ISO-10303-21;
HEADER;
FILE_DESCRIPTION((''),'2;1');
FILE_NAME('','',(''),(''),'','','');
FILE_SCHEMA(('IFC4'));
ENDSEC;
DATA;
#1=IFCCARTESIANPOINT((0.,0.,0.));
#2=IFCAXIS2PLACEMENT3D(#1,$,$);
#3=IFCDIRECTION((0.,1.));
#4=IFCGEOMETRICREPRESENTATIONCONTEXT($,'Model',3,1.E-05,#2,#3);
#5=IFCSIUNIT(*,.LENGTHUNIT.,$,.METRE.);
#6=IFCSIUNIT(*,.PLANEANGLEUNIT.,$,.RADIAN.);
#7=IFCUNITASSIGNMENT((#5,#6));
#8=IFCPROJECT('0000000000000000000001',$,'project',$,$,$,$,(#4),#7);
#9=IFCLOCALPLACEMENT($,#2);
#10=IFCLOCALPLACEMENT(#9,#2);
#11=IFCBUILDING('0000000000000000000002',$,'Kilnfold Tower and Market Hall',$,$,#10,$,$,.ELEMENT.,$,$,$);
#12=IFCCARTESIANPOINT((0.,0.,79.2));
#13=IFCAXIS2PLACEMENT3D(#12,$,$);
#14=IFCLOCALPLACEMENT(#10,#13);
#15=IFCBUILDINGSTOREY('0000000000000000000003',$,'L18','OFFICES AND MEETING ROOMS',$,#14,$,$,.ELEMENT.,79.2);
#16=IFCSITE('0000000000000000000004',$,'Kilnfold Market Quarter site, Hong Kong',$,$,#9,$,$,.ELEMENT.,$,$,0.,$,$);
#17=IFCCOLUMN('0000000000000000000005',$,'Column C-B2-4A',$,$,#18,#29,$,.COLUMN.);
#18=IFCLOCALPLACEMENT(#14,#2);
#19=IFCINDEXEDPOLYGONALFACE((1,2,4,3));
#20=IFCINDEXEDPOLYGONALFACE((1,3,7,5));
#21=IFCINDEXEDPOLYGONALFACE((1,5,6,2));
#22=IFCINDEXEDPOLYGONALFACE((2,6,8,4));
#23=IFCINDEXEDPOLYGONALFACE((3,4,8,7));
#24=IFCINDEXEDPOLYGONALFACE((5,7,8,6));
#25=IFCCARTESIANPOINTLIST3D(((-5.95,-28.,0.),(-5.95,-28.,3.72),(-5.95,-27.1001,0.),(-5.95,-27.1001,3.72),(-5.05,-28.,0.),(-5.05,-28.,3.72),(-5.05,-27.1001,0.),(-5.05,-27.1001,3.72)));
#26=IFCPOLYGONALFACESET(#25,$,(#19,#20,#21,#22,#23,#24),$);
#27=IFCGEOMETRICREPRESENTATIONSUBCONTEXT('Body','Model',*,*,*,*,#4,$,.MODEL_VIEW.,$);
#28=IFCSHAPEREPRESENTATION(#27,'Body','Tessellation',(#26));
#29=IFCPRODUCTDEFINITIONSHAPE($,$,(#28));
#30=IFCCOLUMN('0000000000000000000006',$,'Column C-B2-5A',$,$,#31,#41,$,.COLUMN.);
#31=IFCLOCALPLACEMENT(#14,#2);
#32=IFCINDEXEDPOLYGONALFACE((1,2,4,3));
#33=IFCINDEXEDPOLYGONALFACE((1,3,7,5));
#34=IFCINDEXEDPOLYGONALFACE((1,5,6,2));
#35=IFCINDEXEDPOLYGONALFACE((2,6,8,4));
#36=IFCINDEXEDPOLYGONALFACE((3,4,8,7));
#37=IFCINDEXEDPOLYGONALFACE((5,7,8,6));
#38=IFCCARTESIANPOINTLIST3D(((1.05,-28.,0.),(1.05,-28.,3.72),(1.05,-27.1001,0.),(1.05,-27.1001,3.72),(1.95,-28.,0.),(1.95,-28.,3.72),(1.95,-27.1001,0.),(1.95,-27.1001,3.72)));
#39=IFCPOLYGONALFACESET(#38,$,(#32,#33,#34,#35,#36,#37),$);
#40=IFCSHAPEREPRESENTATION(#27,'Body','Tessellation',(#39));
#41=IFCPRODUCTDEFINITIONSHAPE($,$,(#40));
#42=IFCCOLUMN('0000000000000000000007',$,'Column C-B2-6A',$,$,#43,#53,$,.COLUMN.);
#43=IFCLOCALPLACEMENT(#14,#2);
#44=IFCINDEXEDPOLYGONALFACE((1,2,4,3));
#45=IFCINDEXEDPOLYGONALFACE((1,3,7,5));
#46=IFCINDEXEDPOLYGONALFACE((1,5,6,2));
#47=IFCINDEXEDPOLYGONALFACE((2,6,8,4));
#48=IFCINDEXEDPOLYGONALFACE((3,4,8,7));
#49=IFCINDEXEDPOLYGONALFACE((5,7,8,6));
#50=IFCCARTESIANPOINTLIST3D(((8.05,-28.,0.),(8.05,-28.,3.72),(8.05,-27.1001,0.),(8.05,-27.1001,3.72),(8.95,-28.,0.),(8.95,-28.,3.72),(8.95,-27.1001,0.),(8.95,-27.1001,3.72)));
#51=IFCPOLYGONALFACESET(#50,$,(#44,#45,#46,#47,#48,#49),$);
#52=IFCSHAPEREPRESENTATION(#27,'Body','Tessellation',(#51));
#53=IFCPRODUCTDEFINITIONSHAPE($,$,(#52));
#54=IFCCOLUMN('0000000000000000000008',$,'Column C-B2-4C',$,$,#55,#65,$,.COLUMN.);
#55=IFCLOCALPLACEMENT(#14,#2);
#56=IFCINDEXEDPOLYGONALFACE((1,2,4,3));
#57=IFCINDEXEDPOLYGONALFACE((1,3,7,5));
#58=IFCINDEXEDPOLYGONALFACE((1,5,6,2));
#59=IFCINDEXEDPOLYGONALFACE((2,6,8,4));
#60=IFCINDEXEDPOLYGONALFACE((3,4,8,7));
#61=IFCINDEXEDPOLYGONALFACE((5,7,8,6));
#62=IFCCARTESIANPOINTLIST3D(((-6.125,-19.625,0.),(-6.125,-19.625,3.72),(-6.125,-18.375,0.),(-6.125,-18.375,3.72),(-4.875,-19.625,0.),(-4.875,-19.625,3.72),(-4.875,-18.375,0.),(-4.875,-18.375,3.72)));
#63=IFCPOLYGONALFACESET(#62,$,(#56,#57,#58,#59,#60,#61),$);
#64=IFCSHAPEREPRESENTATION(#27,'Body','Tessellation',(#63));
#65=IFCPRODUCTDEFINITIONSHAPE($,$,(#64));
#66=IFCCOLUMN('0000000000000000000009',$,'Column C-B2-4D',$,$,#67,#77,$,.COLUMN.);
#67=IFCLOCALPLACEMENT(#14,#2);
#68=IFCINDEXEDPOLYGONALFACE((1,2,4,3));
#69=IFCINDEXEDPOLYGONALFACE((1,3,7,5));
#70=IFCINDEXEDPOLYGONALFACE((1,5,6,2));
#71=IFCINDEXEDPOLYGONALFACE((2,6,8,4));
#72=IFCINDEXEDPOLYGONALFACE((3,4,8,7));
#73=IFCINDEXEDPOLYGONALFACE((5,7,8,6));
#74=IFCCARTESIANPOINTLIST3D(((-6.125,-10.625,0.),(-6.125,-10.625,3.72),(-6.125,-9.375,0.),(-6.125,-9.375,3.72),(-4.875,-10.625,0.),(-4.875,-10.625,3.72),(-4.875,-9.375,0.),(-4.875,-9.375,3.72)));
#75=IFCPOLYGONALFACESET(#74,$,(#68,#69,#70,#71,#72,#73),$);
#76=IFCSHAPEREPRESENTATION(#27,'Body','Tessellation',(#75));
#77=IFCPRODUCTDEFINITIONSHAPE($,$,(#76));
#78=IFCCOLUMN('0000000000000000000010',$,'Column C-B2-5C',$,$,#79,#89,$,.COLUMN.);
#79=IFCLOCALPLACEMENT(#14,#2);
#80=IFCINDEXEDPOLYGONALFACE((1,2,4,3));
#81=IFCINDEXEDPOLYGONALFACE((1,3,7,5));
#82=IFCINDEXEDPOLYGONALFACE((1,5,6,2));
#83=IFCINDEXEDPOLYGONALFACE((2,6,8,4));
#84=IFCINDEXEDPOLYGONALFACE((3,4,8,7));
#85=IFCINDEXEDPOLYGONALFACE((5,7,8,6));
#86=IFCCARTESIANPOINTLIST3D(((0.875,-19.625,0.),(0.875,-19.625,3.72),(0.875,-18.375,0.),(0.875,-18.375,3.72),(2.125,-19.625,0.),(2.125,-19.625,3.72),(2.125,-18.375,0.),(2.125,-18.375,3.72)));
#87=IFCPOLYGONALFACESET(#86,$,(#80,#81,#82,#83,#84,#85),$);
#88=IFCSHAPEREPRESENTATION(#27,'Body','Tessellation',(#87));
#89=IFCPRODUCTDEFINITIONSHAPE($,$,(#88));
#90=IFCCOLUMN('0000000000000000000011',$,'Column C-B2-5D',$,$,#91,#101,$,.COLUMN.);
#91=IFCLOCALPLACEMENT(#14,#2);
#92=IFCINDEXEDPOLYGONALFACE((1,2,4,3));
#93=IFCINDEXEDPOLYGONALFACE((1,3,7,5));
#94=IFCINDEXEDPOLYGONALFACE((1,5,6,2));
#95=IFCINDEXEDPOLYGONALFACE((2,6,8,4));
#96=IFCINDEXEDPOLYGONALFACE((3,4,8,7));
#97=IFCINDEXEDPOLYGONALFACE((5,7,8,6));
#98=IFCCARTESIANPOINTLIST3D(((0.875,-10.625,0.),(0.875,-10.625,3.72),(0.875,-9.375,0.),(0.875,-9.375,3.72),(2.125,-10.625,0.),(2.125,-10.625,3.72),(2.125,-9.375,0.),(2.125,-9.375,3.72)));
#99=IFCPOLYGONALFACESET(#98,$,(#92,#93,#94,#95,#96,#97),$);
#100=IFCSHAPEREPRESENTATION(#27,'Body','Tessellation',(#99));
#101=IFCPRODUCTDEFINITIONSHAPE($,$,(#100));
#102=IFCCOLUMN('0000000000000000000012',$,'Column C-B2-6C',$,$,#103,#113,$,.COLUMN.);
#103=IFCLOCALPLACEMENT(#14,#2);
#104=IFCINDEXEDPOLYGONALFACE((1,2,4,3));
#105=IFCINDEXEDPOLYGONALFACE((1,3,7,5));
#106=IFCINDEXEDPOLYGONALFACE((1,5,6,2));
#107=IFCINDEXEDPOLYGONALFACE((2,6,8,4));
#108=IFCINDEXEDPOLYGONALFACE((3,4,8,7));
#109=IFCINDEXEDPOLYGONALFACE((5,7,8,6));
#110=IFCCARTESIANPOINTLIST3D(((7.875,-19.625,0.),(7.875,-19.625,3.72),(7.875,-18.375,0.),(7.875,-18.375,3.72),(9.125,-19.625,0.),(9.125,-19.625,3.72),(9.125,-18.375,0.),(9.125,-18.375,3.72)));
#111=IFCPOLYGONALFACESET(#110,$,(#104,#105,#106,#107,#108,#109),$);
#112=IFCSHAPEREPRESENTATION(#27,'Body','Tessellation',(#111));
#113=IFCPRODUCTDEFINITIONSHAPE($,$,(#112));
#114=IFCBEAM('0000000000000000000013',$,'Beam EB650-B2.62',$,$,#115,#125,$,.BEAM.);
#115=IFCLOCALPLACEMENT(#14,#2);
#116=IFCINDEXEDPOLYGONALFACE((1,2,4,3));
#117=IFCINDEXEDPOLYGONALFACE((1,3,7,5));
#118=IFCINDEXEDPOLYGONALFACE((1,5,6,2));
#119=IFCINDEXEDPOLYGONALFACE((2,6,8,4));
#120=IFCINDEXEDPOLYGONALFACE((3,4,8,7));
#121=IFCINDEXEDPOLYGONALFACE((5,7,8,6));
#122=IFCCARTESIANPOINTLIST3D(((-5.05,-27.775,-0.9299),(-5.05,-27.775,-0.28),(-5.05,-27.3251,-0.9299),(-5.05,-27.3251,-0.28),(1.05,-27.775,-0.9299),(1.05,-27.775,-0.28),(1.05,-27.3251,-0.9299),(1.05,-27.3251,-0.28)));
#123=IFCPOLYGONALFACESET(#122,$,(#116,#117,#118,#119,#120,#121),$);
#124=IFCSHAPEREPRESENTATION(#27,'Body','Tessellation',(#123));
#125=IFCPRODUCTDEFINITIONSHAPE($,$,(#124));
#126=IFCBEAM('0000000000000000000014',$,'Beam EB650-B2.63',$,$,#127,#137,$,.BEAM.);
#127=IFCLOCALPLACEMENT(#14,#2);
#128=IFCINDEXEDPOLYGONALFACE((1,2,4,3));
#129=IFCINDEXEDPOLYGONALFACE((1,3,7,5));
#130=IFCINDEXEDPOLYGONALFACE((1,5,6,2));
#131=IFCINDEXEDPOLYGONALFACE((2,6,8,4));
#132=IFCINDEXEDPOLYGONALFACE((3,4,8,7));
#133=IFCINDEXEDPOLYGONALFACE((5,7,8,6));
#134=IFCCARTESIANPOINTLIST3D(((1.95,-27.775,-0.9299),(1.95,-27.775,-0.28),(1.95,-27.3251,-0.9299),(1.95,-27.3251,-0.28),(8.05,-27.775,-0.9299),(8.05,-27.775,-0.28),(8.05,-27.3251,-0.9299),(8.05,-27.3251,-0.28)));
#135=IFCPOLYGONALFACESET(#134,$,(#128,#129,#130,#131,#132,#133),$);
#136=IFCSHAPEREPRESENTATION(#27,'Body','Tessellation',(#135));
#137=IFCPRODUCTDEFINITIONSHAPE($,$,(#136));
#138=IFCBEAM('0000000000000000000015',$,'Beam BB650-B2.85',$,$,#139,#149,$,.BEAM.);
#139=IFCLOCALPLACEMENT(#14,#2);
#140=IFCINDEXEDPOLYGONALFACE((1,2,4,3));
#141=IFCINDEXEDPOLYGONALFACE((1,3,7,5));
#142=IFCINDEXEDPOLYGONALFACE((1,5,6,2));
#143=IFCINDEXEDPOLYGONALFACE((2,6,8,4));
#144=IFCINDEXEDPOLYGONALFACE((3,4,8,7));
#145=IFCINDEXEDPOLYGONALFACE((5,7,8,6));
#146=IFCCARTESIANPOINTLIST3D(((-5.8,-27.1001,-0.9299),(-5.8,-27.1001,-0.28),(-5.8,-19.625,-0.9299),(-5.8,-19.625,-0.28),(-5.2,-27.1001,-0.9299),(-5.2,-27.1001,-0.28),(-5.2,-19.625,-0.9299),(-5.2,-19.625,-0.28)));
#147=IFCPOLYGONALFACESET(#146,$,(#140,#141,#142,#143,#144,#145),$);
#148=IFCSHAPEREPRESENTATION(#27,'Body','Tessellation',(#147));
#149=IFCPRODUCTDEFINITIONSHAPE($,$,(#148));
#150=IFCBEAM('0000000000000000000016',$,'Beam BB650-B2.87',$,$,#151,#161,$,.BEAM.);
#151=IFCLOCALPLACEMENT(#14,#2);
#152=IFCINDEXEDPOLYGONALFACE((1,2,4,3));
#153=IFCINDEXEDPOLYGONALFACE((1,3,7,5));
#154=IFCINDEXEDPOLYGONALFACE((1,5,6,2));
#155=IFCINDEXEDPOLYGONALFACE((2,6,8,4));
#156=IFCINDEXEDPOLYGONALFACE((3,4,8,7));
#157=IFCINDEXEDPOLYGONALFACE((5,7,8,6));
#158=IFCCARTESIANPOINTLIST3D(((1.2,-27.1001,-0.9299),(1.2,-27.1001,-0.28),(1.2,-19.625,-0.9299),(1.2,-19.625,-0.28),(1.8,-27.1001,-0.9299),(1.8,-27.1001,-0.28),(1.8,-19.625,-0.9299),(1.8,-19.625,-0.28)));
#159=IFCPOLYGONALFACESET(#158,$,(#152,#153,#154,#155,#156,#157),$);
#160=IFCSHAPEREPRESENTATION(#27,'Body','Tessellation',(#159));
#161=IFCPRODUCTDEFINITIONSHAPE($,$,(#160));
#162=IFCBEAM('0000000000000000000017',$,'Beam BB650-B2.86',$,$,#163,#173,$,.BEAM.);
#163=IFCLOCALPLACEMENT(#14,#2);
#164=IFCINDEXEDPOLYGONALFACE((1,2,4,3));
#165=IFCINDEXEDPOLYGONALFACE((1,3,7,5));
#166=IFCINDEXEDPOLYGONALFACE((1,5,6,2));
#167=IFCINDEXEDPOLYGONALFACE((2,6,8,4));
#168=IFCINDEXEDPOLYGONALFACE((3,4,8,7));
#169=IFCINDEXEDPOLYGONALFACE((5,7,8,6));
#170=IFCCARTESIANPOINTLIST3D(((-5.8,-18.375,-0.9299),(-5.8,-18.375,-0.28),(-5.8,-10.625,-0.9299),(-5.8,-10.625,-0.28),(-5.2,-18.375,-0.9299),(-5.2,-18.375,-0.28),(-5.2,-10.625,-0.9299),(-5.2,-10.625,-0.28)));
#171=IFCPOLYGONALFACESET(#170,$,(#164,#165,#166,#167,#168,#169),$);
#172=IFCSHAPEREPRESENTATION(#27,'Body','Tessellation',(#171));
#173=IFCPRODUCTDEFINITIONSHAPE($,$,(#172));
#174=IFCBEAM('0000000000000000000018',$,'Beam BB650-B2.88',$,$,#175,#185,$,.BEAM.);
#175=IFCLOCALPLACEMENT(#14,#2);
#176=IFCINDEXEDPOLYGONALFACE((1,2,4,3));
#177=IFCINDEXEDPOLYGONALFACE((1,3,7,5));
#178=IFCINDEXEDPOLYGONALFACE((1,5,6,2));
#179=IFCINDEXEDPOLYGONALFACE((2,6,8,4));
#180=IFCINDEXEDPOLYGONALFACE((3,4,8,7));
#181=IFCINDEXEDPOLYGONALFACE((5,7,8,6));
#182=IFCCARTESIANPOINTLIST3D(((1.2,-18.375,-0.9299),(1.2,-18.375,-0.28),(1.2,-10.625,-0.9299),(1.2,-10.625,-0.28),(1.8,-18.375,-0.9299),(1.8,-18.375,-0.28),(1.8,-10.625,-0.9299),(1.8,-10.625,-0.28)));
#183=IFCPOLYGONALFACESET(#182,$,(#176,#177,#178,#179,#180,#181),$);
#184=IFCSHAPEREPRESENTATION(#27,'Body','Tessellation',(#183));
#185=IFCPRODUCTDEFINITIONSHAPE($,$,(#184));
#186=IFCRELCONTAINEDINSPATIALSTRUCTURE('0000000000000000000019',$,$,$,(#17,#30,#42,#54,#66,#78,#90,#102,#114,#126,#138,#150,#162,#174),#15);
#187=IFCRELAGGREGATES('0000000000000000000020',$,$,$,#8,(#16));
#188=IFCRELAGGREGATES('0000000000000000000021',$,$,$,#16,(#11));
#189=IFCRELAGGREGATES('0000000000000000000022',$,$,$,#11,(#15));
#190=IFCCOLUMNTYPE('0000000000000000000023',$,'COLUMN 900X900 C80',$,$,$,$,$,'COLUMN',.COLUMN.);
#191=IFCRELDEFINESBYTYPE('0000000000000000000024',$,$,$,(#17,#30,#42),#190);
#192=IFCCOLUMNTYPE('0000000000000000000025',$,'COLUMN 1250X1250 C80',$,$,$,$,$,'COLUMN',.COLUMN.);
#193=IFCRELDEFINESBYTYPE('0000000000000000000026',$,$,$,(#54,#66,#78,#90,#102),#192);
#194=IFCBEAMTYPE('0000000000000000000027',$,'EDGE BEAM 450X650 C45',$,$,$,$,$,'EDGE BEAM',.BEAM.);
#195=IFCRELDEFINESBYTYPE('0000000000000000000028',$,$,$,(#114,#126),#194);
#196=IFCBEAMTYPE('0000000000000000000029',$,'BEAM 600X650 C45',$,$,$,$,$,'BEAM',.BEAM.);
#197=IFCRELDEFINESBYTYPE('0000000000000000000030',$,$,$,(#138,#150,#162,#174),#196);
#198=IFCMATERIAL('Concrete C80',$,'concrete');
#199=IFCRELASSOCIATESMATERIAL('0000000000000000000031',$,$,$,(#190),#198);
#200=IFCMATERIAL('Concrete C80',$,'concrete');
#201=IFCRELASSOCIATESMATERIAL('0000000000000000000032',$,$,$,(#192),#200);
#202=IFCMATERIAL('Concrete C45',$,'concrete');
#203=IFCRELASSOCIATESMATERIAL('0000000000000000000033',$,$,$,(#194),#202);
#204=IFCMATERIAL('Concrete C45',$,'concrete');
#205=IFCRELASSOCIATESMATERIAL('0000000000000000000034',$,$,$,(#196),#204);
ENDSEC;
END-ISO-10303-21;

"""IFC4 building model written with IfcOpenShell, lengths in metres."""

from ifc_helpers import new_model, si_unit, direction, frame, origin, origin_2d, place, context, subcontext, project, spatial, rectangle, extrude, source, transform, mapped, material, material_profile, profile_set, type_object, element, save


model = new_model("IFC4")

# Units and contexts
model_context = context("Model", 3, precision=1e-05, world=origin(), true_north=direction((0.0, 1.0)))
body_context = subcontext(model_context, "Body", "Model", "MODEL_VIEW")
ifc_project = project(units=[si_unit("LENGTHUNIT", "METRE"), si_unit("PLANEANGLEUNIT", "RADIAN")], contexts=[model_context])

# Site, building, storey
site_placement = place(None, origin())
site = spatial("IfcSite", under=ifc_project, at=site_placement, Name="Kilnfold Market Quarter site, Hong Kong", CompositionType="ELEMENT", RefElevation=0.0)
building_placement = place(site_placement, origin())
building = spatial("IfcBuilding", under=site, at=building_placement, Name="Kilnfold Tower and Market Hall", CompositionType="ELEMENT")
storey_placement = place(building_placement, frame((0.0, 0.0, 79.2)))
storey = spatial("IfcBuildingStorey", under=building, at=storey_placement, Name="L18", Description="OFFICES AND MEETING ROOMS", CompositionType="ELEMENT", Elevation=79.2)

# Columns
ifc_material_1 = material(Name="Concrete C80", Category="concrete")
ifc_material_profile_1 = material_profile(ifc_material_1, rectangle(XDim=0.8999, YDim=0.8999, at=origin_2d()), Name="RC 900x900")
ifc_profile_set_1 = profile_set([ifc_material_profile_1], Name="Concrete C80")
column_type_1 = type_object("IfcColumnType", Name="COLUMN 900X900 C80", ElementType="COLUMN", PredefinedType="COLUMN", material=ifc_profile_set_1)
shared_shape_1 = source(origin(), body_context, "Body", "SweptSolid", [
    extrude(rectangle(XDim=0.8999, YDim=0.8999, at=origin_2d()), origin(), (0.0, 0.0, 1.0), 3.72),
])
for number, where, z_axis, x_axis, name in (
    (1, (-5.5, -27.55, 0.0), (0.0, 0.0, 1.0), (1.0, 0.0, 0.0), "Column C-B2-4A"),
    (2, (1.5, -27.55, 0.0), (0.0, 0.0, 1.0), (1.0, 0.0, 0.0), "Column C-B2-5A"),
    (3, (8.5, -27.55, 0.0), (0.0, 0.0, 1.0), (1.0, 0.0, 0.0), "Column C-B2-6A"),
):
    element("IfcColumn", number, at=place(storey_placement, frame(where, z_axis=z_axis, x_axis=x_axis)), inside=storey, type_object=column_type_1, Name=name, PredefinedType="COLUMN", context=body_context, shape_type="MappedRepresentation", body=[
        mapped(shared_shape_1, transform((0.0, 0.0, 0.0))),
    ])
ifc_material_2 = material(Name="Concrete C80", Category="concrete")
ifc_material_profile_2 = material_profile(ifc_material_2, rectangle(XDim=1.25, YDim=1.25, at=origin_2d()), Name="RC 1250x1250")
ifc_profile_set_2 = profile_set([ifc_material_profile_2], Name="Concrete C80")
column_type_2 = type_object("IfcColumnType", Name="COLUMN 1250X1250 C80", ElementType="COLUMN", PredefinedType="COLUMN", material=ifc_profile_set_2)
shared_shape_2 = source(origin(), body_context, "Body", "SweptSolid", [
    extrude(rectangle(XDim=1.25, YDim=1.25, at=origin_2d()), origin(), (0.0, 0.0, 1.0), 3.72),
])
for number, where, z_axis, x_axis, name in (
    (4, (-5.5, -19.0, 0.0), (0.0, 0.0, 1.0), (1.0, 0.0, 0.0), "Column C-B2-4C"),
    (5, (-5.5, -10.0, 0.0), (0.0, 0.0, 1.0), (1.0, 0.0, 0.0), "Column C-B2-4D"),
    (6, (1.5, -19.0, 0.0), (0.0, 0.0, 1.0), (1.0, 0.0, 0.0), "Column C-B2-5C"),
    (7, (1.5, -10.0, 0.0), (0.0, 0.0, 1.0), (1.0, 0.0, 0.0), "Column C-B2-5D"),
    (8, (8.5, -19.0, 0.0), (0.0, 0.0, 1.0), (1.0, 0.0, 0.0), "Column C-B2-6C"),
):
    element("IfcColumn", number, at=place(storey_placement, frame(where, z_axis=z_axis, x_axis=x_axis)), inside=storey, type_object=column_type_2, Name=name, PredefinedType="COLUMN", context=body_context, shape_type="MappedRepresentation", body=[
        mapped(shared_shape_2, transform((0.0, 0.0, 0.0))),
    ])

# Beams
ifc_material_3 = material(Name="Concrete C45", Category="concrete")
ifc_material_profile_3 = material_profile(ifc_material_3, rectangle(XDim=0.45, YDim=0.6499, at=origin_2d()), Name="RC 450x650")
ifc_profile_set_3 = profile_set([ifc_material_profile_3], Name="Concrete C45")
beam_type_1 = type_object("IfcBeamType", Name="EDGE BEAM 450X650 C45", ElementType="EDGE BEAM", PredefinedType="BEAM", material=ifc_profile_set_3)
shared_shape_3 = source(origin(), body_context, "Body", "SweptSolid", [
    extrude(rectangle(XDim=0.45, YDim=0.6499, at=origin_2d()), origin(), (0.0, 0.0, 1.0), 6.1001),
])
for number, where, z_axis, x_axis, name in (
    (9, (-5.05, -27.55, -0.605), (1.0, 0.0, 0.0), (0.0, 1.0, 0.0), "Beam EB650-B2.62"),
    (10, (1.95, -27.55, -0.605), (1.0, 0.0, 0.0), (0.0, 1.0, 0.0), "Beam EB650-B2.63"),
):
    element("IfcBeam", number, at=place(storey_placement, frame(where, z_axis=z_axis, x_axis=x_axis)), inside=storey, type_object=beam_type_1, Name=name, PredefinedType="BEAM", context=body_context, shape_type="MappedRepresentation", body=[
        mapped(shared_shape_3, transform((0.0, 0.0, 0.0))),
    ])
ifc_material_4 = material(Name="Concrete C45", Category="concrete")
ifc_material_profile_4 = material_profile(ifc_material_4, rectangle(XDim=0.6001, YDim=0.6499, at=origin_2d()), Name="RC 600x650")
ifc_profile_set_4 = profile_set([ifc_material_profile_4], Name="Concrete C45")
beam_type_2 = type_object("IfcBeamType", Name="BEAM 600X650 C45", ElementType="BEAM", PredefinedType="BEAM", material=ifc_profile_set_4)
shared_shape_4 = source(origin(), body_context, "Body", "SweptSolid", [
    extrude(rectangle(XDim=0.6001, YDim=0.6499, at=origin_2d()), origin(), (0.0, 0.0, 1.0), 7.4751),
])
for number, where, z_axis, x_axis, name in (
    (11, (-5.5, -27.1001, -0.605), (0.0, 1.0, 0.0), (-1.0, 0.0, 0.0), "Beam BB650-B2.85"),
    (12, (1.5, -27.1001, -0.605), (0.0, 1.0, 0.0), (-1.0, 0.0, 0.0), "Beam BB650-B2.87"),
):
    element("IfcBeam", number, at=place(storey_placement, frame(where, z_axis=z_axis, x_axis=x_axis)), inside=storey, type_object=beam_type_2, Name=name, PredefinedType="BEAM", context=body_context, shape_type="MappedRepresentation", body=[
        mapped(shared_shape_4, transform((0.0, 0.0, 0.0))),
    ])
shared_shape_5 = source(origin(), body_context, "Body", "SweptSolid", [
    extrude(rectangle(XDim=0.6001, YDim=0.6499, at=origin_2d()), origin(), (0.0, 0.0, 1.0), 7.75),
])
for number, where, z_axis, x_axis, name in (
    (13, (-5.5, -18.375, -0.605), (0.0, 1.0, 0.0), (-1.0, 0.0, 0.0), "Beam BB650-B2.86"),
    (14, (1.5, -18.375, -0.605), (0.0, 1.0, 0.0), (-1.0, 0.0, 0.0), "Beam BB650-B2.88"),
):
    element("IfcBeam", number, at=place(storey_placement, frame(where, z_axis=z_axis, x_axis=x_axis)), inside=storey, type_object=beam_type_2, Name=name, PredefinedType="BEAM", context=body_context, shape_type="MappedRepresentation", body=[
        mapped(shared_shape_5, transform((0.0, 0.0, 0.0))),
    ])

save(model, "model.ifc")
